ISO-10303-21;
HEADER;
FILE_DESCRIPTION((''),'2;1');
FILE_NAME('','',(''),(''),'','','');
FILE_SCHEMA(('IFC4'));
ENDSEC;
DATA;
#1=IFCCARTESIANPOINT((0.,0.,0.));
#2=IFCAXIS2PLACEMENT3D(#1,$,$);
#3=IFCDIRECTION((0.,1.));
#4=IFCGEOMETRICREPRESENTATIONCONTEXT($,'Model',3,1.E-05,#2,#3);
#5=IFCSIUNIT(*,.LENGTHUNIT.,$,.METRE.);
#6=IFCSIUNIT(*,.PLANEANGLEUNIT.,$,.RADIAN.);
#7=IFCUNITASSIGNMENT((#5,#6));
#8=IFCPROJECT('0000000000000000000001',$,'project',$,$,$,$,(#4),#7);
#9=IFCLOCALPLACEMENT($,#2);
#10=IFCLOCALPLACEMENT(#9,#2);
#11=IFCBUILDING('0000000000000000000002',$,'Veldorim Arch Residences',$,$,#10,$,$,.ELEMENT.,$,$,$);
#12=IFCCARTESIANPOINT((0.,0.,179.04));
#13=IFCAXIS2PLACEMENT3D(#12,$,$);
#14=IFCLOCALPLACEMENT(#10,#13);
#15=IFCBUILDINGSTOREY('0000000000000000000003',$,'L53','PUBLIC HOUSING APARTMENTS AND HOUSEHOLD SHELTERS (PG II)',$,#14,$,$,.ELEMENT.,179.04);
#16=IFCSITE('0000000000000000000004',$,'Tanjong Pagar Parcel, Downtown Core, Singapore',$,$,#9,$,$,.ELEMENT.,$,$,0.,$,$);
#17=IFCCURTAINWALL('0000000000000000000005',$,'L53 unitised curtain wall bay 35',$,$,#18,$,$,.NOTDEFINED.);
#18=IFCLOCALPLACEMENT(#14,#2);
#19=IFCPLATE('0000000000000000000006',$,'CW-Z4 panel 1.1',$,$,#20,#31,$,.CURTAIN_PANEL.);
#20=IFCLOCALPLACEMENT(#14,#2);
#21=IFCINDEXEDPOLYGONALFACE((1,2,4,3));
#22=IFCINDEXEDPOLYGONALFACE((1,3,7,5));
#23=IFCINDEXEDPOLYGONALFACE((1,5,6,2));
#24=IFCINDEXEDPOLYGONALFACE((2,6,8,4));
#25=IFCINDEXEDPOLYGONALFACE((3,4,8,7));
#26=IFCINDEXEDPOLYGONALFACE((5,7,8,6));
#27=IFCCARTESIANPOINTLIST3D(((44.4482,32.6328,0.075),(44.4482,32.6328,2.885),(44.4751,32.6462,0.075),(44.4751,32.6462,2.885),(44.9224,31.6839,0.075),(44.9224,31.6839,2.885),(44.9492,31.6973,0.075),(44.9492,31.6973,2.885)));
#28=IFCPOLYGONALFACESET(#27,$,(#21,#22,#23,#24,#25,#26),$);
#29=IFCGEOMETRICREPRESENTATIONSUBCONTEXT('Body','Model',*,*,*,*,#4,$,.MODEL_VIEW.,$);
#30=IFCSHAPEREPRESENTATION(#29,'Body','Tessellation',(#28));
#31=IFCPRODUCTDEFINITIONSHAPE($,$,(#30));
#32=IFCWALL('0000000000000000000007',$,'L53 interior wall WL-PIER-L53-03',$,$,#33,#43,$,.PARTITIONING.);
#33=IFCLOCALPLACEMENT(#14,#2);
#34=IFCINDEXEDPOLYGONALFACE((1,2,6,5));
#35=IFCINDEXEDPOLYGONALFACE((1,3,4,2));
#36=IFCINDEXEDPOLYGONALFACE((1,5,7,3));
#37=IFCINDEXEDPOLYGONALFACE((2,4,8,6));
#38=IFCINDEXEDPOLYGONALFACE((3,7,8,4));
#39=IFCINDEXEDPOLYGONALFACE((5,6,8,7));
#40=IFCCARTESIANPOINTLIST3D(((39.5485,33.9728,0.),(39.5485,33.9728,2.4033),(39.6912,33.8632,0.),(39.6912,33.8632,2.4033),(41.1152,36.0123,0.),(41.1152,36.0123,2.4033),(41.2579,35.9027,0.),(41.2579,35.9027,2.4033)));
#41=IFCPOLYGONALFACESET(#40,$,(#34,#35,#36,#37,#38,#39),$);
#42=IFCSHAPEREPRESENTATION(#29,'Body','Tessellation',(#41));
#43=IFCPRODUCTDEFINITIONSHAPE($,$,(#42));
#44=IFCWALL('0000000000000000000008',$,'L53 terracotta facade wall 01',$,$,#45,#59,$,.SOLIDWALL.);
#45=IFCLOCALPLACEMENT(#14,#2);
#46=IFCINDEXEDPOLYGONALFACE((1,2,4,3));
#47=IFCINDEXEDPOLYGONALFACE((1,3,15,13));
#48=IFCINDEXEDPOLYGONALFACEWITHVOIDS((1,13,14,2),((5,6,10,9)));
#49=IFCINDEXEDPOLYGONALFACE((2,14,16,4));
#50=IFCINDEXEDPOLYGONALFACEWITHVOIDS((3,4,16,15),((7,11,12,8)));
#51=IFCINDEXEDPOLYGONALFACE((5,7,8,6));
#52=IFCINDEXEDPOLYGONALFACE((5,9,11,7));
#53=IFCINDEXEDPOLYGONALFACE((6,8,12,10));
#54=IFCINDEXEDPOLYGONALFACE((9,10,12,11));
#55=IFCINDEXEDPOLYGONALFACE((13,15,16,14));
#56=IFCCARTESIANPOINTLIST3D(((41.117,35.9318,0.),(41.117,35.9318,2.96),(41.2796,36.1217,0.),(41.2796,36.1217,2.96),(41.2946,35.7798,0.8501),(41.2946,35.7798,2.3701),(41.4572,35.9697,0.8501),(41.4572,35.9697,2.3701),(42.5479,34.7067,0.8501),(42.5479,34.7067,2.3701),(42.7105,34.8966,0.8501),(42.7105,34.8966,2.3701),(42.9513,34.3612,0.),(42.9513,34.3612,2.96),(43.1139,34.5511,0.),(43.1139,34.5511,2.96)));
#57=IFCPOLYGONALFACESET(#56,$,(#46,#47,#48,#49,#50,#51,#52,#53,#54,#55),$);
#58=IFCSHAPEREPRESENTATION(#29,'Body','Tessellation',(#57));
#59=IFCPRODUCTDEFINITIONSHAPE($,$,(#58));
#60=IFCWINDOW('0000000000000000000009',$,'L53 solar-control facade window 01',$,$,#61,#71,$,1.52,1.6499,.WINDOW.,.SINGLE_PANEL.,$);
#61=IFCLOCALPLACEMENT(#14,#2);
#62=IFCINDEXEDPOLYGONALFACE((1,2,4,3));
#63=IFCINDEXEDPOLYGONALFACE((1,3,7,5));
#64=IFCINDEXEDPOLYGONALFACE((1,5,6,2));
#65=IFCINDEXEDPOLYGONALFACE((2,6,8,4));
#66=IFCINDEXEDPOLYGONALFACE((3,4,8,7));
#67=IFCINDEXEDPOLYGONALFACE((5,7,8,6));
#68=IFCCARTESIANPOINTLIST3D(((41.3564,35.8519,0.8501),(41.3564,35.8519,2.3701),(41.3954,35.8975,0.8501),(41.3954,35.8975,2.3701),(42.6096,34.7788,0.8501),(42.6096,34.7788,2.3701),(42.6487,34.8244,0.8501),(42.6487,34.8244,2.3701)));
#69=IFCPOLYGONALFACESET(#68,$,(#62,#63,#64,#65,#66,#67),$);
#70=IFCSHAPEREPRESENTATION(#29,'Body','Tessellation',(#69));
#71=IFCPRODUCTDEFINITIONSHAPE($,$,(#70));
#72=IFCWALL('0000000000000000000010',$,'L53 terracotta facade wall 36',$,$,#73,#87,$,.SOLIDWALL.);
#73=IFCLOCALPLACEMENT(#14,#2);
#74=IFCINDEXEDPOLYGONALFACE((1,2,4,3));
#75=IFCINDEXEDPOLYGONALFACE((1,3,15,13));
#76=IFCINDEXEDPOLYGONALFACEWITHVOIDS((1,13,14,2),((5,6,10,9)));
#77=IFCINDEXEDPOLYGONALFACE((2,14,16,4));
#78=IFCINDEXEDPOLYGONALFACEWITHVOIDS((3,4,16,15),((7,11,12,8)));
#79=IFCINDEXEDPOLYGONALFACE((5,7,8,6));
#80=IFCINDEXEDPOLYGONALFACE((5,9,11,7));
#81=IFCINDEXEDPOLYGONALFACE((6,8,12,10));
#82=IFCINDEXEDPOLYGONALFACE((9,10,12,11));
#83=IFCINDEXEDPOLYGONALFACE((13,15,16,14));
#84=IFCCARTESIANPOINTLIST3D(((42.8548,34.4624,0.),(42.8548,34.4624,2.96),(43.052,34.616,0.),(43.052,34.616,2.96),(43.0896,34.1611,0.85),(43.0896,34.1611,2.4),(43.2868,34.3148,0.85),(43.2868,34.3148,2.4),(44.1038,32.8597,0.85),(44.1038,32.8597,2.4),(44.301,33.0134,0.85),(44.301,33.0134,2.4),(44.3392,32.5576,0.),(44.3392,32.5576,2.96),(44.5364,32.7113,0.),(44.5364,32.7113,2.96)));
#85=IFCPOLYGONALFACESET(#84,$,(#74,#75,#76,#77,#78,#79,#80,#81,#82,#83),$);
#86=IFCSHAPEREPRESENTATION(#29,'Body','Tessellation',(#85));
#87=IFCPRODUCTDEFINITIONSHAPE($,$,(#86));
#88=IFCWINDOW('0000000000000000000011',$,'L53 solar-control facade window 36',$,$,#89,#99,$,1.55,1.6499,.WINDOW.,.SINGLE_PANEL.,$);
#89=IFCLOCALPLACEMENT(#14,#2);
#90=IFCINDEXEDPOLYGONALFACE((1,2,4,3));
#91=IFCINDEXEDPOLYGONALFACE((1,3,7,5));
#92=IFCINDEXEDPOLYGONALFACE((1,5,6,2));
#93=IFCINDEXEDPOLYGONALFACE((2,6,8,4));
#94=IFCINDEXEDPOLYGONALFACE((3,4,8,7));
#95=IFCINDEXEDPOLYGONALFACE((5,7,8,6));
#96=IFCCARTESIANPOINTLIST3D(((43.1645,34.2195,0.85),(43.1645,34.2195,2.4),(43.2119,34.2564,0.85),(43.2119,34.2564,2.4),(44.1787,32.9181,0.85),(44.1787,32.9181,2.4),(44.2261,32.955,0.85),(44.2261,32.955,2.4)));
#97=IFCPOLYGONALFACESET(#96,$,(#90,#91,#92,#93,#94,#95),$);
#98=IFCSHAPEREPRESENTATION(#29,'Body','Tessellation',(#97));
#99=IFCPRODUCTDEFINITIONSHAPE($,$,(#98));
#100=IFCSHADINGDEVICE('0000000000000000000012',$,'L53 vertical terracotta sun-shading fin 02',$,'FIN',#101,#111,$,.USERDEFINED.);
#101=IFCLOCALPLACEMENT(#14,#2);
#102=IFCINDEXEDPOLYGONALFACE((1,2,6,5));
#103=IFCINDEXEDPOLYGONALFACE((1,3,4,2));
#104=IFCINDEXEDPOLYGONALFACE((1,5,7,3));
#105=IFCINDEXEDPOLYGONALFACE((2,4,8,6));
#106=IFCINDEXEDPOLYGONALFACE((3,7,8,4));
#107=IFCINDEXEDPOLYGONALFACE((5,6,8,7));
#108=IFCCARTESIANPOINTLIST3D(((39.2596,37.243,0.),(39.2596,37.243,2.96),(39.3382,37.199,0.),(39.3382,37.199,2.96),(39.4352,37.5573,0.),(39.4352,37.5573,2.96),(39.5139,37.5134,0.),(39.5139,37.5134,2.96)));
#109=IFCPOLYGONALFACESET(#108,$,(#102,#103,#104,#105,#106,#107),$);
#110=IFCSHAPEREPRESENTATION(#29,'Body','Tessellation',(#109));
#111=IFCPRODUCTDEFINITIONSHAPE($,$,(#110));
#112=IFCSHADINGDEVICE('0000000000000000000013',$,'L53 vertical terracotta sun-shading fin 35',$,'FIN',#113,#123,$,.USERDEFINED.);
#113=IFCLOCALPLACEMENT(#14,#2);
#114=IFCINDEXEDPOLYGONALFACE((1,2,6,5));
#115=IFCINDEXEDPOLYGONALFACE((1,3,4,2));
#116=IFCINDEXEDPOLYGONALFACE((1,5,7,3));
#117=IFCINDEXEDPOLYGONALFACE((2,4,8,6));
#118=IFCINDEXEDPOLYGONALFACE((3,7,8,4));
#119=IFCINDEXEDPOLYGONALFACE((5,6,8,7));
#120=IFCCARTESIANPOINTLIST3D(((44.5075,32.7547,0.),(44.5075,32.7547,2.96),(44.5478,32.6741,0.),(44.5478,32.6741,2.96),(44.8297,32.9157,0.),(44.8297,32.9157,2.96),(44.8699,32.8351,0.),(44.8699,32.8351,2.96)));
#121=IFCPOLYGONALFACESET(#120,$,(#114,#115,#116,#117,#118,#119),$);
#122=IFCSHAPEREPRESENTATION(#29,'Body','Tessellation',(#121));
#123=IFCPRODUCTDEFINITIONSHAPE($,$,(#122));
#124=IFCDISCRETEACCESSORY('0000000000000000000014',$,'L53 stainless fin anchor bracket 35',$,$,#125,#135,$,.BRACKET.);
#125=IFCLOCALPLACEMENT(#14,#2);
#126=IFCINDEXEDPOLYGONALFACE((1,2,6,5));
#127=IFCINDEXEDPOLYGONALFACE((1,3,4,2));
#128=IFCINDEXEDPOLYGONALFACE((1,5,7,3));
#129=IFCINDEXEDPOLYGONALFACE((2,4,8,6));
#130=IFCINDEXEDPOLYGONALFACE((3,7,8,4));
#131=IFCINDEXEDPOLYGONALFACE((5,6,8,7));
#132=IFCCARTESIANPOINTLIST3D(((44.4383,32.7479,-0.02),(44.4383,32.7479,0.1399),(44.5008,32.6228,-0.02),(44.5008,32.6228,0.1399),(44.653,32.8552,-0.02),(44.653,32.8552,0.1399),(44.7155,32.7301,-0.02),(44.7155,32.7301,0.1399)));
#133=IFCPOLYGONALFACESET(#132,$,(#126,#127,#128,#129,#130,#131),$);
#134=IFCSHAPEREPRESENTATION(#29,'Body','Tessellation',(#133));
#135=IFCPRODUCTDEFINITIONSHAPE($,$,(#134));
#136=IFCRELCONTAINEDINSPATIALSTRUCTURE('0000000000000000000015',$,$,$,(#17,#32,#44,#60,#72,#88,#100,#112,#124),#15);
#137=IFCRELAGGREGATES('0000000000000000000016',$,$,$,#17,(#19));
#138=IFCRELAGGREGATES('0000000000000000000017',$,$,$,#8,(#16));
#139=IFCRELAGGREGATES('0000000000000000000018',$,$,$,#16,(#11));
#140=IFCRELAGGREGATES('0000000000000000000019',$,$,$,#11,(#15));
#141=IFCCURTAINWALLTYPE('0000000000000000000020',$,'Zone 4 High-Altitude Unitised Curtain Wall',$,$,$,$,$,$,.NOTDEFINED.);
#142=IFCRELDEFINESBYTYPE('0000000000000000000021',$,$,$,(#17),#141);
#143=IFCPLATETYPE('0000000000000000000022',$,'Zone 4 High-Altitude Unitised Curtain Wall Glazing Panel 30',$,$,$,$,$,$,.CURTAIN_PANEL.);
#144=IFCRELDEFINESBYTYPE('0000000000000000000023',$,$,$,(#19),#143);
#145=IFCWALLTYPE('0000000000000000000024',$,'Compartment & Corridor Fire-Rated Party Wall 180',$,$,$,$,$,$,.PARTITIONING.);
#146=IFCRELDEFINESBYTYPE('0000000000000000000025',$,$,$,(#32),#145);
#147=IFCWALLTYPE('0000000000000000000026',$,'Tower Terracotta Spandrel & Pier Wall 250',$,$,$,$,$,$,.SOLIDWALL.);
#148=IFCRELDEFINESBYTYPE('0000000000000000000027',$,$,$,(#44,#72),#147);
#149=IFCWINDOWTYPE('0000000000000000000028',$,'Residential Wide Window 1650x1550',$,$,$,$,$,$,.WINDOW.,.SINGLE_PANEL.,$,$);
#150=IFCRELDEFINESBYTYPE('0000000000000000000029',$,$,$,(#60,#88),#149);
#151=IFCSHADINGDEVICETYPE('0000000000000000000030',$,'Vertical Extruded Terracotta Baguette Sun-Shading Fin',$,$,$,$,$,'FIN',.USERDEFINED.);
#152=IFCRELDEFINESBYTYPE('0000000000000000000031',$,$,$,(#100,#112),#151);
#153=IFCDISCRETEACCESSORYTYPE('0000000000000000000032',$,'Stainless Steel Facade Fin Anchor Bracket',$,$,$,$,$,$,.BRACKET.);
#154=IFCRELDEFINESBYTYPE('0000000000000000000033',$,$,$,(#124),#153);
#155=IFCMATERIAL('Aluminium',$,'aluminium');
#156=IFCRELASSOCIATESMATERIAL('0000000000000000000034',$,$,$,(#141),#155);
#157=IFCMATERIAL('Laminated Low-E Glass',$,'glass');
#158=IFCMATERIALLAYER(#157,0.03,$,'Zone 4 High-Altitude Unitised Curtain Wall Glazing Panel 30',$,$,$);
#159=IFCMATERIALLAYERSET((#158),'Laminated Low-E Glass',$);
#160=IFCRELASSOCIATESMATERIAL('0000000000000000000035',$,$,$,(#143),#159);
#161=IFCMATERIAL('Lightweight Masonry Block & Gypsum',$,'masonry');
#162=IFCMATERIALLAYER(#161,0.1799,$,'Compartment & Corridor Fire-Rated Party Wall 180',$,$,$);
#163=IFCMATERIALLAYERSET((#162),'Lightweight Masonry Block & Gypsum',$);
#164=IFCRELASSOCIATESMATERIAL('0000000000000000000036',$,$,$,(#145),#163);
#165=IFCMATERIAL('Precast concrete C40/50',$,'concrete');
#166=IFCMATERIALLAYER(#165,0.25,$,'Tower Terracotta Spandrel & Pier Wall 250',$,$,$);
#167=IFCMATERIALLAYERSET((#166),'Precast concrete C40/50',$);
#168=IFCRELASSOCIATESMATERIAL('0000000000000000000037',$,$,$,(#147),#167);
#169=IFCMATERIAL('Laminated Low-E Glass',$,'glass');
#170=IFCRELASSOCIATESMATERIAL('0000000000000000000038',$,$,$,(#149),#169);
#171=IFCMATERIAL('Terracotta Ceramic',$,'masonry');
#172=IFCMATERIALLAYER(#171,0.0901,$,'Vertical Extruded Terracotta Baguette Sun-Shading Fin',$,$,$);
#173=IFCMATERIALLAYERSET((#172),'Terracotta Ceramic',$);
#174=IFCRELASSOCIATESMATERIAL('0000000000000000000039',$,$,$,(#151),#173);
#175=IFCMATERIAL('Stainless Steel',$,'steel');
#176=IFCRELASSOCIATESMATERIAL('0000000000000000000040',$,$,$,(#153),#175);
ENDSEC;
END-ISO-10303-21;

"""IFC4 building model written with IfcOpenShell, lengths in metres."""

from ifc_helpers import new_model, si_unit, direction, frame, frame_2d, origin, origin_2d, place, context, subcontext, project, spatial, rectangle, extrude, material, layer, layer_set, type_object, element, fill, aggregate, save


model = new_model("IFC4")

# Units and contexts
model_context = context("Model", 3, precision=1e-05, world=origin(), true_north=direction((0.0, 1.0)))
body_context = subcontext(model_context, "Body", "Model", "MODEL_VIEW")
ifc_project = project(units=[si_unit("LENGTHUNIT", "METRE"), si_unit("PLANEANGLEUNIT", "RADIAN")], contexts=[model_context])

# Site, building, storey
site_placement = place(None, origin())
site = spatial("IfcSite", under=ifc_project, at=site_placement, Name="Tanjong Pagar Parcel, Downtown Core, Singapore", CompositionType="ELEMENT", RefElevation=0.0)
building_placement = place(site_placement, origin())
building = spatial("IfcBuilding", under=site, at=building_placement, Name="Veldorim Arch Residences", CompositionType="ELEMENT")
storey_placement = place(building_placement, frame((0.0, 0.0, 179.04)))
storey = spatial("IfcBuildingStorey", under=building, at=storey_placement, Name="L53", Description="PUBLIC HOUSING APARTMENTS AND HOUSEHOLD SHELTERS (PG II)", CompositionType="ELEMENT", Elevation=179.04)

# Shared definitions
ifc_material_1 = material(Name="Aluminium", Category="aluminium")
curtain_wall_type = type_object("IfcCurtainWallType", Name="Zone 4 High-Altitude Unitised Curtain Wall", PredefinedType="NOTDEFINED", material=ifc_material_1)

# Curtain wall
curtain_wall_1_placement = place(storey_placement, origin())
curtain_wall_1 = element("IfcCurtainWall", 1, at=curtain_wall_1_placement, inside=storey, type_object=curtain_wall_type, Name="L53 unitised curtain wall bay 35", PredefinedType="NOTDEFINED")

# Plate
ifc_material_2 = material(Name="Laminated Low-E Glass", Category="glass")
ifc_layer_1 = layer(ifc_material_2, 0.03, Name="Zone 4 High-Altitude Unitised Curtain Wall Glazing Panel 30")
ifc_layer_set_1 = layer_set([ifc_layer_1], Name="Laminated Low-E Glass")
plate_type = type_object("IfcPlateType", Name="Zone 4 High-Altitude Unitised Curtain Wall Glazing Panel 30", PredefinedType="CURTAIN_PANEL", material=ifc_layer_set_1)
plate_1_placement = place(storey_placement, frame((44.6987, 32.165, 0.075), z_axis=(0.0, 0.0, 1.0), x_axis=(0.446992, -0.894538, 0.0)))
plate_1 = element("IfcPlate", 2, at=plate_1_placement, type_object=plate_type, Name="CW-Z4 panel 1.1", PredefinedType="CURTAIN_PANEL", context=body_context, shape_type="SweptSolid", body=[
    extrude(rectangle(XDim=1.0608, YDim=0.03, at=origin_2d()), origin(), (0.0, 0.0, 1.0), 2.8101),
])
aggregate(curtain_wall_1, [plate_1])

# Wall
ifc_material_3 = material(Name="Lightweight Masonry Block & Gypsum", Category="masonry")
ifc_layer_2 = layer(ifc_material_3, 0.1799, Name="Compartment & Corridor Fire-Rated Party Wall 180")
ifc_layer_set_2 = layer_set([ifc_layer_2], Name="Lightweight Masonry Block & Gypsum")
wall_type_1 = type_object("IfcWallType", Name="Compartment & Corridor Fire-Rated Party Wall 180", PredefinedType="PARTITIONING", material=ifc_layer_set_2)
wall_1_placement = place(storey_placement, frame((39.6199, 33.918, 0.0), z_axis=(0.0, 0.0, 1.0), x_axis=(0.609165, 0.793044, 0.0)))
element("IfcWall", 3, at=wall_1_placement, inside=storey, type_object=wall_type_1, Name="L53 interior wall WL-PIER-L53-03", PredefinedType="PARTITIONING", context=body_context, shape_type="SweptSolid", body=[
    extrude(rectangle(XDim=2.5718, YDim=0.1799, at=frame_2d((1.2859, 0.0))), origin(), (0.0, 0.0, 1.0), 2.4033),
])

# Walls, openings, windows
ifc_material_4 = material(Name="Precast concrete C40/50", Category="concrete")
ifc_layer_3 = layer(ifc_material_4, 0.25, Name="Tower Terracotta Spandrel & Pier Wall 250")
ifc_layer_set_3 = layer_set([ifc_layer_3], Name="Precast concrete C40/50")
wall_type_2 = type_object("IfcWallType", Name="Tower Terracotta Spandrel & Pier Wall 250", PredefinedType="SOLIDWALL", material=ifc_layer_set_3)
wall_2_placement = place(storey_placement, frame((41.1982, 36.0269, 0.0), z_axis=(0.0, 0.0, 1.0), x_axis=(0.759592, -0.6504, 0.0)))
wall_2 = element("IfcWall", 4, at=wall_2_placement, inside=storey, type_object=wall_type_2, Name="L53 terracotta facade wall 01", PredefinedType="SOLIDWALL", context=body_context, shape_type="SweptSolid", body=[
    extrude(rectangle(XDim=2.4148, YDim=0.25, at=frame_2d((1.2075, 0.0))), origin(), (0.0, 0.0, 1.0), 2.96),
])
opening_1_placement = place(wall_2_placement, frame((0.2339, 0.0, 0.8501)))
opening_1 = element("IfcOpeningElement", 5, at=opening_1_placement, cuts=wall_2, PredefinedType="OPENING", context=body_context, shape_type="SweptSolid", body=[
    extrude(rectangle(XDim=1.6499, YDim=1.52, at=frame_2d((0.825, 0.76))), frame((0.0, 0.135, 0.0), z_axis=(0.0, -1.0, 0.0), x_axis=(1.0, 0.0, 0.0)), (0.0, 0.0, 1.0), 0.27),
])
ifc_material_5 = material(Name="Laminated Low-E Glass", Category="glass")
window_type = type_object("IfcWindowType", Name="Residential Wide Window 1650x1550", PartitioningType="SINGLE_PANEL", PredefinedType="WINDOW", material=ifc_material_5)
window_1_placement = place(opening_1_placement, origin())
window_1 = element("IfcWindow", 6, at=window_1_placement, inside=storey, type_object=window_type, Name="L53 solar-control facade window 01", OverallHeight=1.52, OverallWidth=1.6499, PartitioningType="SINGLE_PANEL", PredefinedType="WINDOW", context=body_context, shape_type="SweptSolid", body=[
    extrude(rectangle(XDim=1.6499, YDim=1.52, at=frame_2d((0.825, 0.76))), frame((0.0, 0.03, 0.0), z_axis=(0.0, -1.0, 0.0), x_axis=(1.0, 0.0, 0.0)), (0.0, 0.0, 1.0), 0.0601),
])
fill(opening_1, window_1)
wall_3_placement = place(storey_placement, frame((42.9534, 34.5393, 0.0), z_axis=(0.0, 0.0, 1.0), x_axis=(0.614682, -0.788775, 0.0)))
wall_3 = element("IfcWall", 7, at=wall_3_placement, inside=storey, type_object=wall_type_2, Name="L53 terracotta facade wall 36", PredefinedType="SOLIDWALL", context=body_context, shape_type="SweptSolid", body=[
    extrude(rectangle(XDim=2.4148, YDim=0.25, at=frame_2d((1.2075, 0.0))), origin(), (0.0, 0.0, 1.0), 2.96),
])
opening_2_placement = place(wall_3_placement, frame((0.3821, 0.0, 0.8501)))
opening_2 = element("IfcOpeningElement", 8, at=opening_2_placement, cuts=wall_3, PredefinedType="OPENING", context=body_context, shape_type="SweptSolid", body=[
    extrude(rectangle(XDim=1.6499, YDim=1.55, at=frame_2d((0.825, 0.7749))), frame((0.0, 0.135, 0.0), z_axis=(0.0, -1.0, 0.0), x_axis=(1.0, 0.0, 0.0)), (0.0, 0.0, 1.0), 0.27),
])
window_2_placement = place(opening_2_placement, origin())
window_2 = element("IfcWindow", 9, at=window_2_placement, inside=storey, type_object=window_type, Name="L53 solar-control facade window 36", OverallHeight=1.55, OverallWidth=1.6499, PartitioningType="SINGLE_PANEL", PredefinedType="WINDOW", context=body_context, shape_type="SweptSolid", body=[
    extrude(rectangle(XDim=1.6499, YDim=1.55, at=frame_2d((0.825, 0.7749))), frame((0.0, 0.03, 0.0), z_axis=(0.0, -1.0, 0.0), x_axis=(1.0, 0.0, 0.0)), (0.0, 0.0, 1.0), 0.0601),
])
fill(opening_2, window_2)

# Shading devices
ifc_material_6 = material(Name="Terracotta Ceramic", Category="masonry")
ifc_layer_4 = layer(ifc_material_6, 0.0901, Name="Vertical Extruded Terracotta Baguette Sun-Shading Fin")
ifc_layer_set_4 = layer_set([ifc_layer_4], Name="Terracotta Ceramic")
shading_device_type = type_object("IfcShadingDeviceType", Name="Vertical Extruded Terracotta Baguette Sun-Shading Fin", ElementType="FIN", PredefinedType="USERDEFINED", material=ifc_layer_set_4)
for number, where, z_axis, x_axis, name in (
    (10, (39.3867, 37.3782, 0.0), (0.0, 0.0, 1.0), (0.873007, -0.487707, 0.0), "L53 vertical terracotta sun-shading fin 02"),
    (11, (44.6887, 32.7949, 0.0), (0.0, 0.0, 1.0), (0.446979, -0.894545, 0.0), "L53 vertical terracotta sun-shading fin 35"),
):
    element("IfcShadingDevice", number, at=place(storey_placement, frame(where, z_axis=z_axis, x_axis=x_axis)), inside=storey, type_object=shading_device_type, Name=name, ObjectType="FIN", PredefinedType="USERDEFINED", context=body_context, shape_type="SweptSolid", body=[
        extrude(rectangle(XDim=0.0901, YDim=0.3601, at=origin_2d()), origin(), (0.0, 0.0, 1.0), 2.96),
    ])

# Discrete accessory
ifc_material_7 = material(Name="Stainless Steel", Category="steel")
discrete_accessory_type = type_object("IfcDiscreteAccessoryType", Name="Stainless Steel Facade Fin Anchor Bracket", PredefinedType="BRACKET", material=ifc_material_7)
discrete_accessory_placement = place(storey_placement, frame((44.5769, 32.739, -0.02), z_axis=(0.0, 0.0, 1.0), x_axis=(0.446979, -0.894545, 0.0)))
element("IfcDiscreteAccessory", 12, at=discrete_accessory_placement, inside=storey, type_object=discrete_accessory_type, Name="L53 stainless fin anchor bracket 35", PredefinedType="BRACKET", context=body_context, shape_type="SweptSolid", body=[
    extrude(rectangle(XDim=0.1399, YDim=0.24, at=origin_2d()), origin(), (0.0, 0.0, 1.0), 0.1599),
])

save(model, "model.ifc")
